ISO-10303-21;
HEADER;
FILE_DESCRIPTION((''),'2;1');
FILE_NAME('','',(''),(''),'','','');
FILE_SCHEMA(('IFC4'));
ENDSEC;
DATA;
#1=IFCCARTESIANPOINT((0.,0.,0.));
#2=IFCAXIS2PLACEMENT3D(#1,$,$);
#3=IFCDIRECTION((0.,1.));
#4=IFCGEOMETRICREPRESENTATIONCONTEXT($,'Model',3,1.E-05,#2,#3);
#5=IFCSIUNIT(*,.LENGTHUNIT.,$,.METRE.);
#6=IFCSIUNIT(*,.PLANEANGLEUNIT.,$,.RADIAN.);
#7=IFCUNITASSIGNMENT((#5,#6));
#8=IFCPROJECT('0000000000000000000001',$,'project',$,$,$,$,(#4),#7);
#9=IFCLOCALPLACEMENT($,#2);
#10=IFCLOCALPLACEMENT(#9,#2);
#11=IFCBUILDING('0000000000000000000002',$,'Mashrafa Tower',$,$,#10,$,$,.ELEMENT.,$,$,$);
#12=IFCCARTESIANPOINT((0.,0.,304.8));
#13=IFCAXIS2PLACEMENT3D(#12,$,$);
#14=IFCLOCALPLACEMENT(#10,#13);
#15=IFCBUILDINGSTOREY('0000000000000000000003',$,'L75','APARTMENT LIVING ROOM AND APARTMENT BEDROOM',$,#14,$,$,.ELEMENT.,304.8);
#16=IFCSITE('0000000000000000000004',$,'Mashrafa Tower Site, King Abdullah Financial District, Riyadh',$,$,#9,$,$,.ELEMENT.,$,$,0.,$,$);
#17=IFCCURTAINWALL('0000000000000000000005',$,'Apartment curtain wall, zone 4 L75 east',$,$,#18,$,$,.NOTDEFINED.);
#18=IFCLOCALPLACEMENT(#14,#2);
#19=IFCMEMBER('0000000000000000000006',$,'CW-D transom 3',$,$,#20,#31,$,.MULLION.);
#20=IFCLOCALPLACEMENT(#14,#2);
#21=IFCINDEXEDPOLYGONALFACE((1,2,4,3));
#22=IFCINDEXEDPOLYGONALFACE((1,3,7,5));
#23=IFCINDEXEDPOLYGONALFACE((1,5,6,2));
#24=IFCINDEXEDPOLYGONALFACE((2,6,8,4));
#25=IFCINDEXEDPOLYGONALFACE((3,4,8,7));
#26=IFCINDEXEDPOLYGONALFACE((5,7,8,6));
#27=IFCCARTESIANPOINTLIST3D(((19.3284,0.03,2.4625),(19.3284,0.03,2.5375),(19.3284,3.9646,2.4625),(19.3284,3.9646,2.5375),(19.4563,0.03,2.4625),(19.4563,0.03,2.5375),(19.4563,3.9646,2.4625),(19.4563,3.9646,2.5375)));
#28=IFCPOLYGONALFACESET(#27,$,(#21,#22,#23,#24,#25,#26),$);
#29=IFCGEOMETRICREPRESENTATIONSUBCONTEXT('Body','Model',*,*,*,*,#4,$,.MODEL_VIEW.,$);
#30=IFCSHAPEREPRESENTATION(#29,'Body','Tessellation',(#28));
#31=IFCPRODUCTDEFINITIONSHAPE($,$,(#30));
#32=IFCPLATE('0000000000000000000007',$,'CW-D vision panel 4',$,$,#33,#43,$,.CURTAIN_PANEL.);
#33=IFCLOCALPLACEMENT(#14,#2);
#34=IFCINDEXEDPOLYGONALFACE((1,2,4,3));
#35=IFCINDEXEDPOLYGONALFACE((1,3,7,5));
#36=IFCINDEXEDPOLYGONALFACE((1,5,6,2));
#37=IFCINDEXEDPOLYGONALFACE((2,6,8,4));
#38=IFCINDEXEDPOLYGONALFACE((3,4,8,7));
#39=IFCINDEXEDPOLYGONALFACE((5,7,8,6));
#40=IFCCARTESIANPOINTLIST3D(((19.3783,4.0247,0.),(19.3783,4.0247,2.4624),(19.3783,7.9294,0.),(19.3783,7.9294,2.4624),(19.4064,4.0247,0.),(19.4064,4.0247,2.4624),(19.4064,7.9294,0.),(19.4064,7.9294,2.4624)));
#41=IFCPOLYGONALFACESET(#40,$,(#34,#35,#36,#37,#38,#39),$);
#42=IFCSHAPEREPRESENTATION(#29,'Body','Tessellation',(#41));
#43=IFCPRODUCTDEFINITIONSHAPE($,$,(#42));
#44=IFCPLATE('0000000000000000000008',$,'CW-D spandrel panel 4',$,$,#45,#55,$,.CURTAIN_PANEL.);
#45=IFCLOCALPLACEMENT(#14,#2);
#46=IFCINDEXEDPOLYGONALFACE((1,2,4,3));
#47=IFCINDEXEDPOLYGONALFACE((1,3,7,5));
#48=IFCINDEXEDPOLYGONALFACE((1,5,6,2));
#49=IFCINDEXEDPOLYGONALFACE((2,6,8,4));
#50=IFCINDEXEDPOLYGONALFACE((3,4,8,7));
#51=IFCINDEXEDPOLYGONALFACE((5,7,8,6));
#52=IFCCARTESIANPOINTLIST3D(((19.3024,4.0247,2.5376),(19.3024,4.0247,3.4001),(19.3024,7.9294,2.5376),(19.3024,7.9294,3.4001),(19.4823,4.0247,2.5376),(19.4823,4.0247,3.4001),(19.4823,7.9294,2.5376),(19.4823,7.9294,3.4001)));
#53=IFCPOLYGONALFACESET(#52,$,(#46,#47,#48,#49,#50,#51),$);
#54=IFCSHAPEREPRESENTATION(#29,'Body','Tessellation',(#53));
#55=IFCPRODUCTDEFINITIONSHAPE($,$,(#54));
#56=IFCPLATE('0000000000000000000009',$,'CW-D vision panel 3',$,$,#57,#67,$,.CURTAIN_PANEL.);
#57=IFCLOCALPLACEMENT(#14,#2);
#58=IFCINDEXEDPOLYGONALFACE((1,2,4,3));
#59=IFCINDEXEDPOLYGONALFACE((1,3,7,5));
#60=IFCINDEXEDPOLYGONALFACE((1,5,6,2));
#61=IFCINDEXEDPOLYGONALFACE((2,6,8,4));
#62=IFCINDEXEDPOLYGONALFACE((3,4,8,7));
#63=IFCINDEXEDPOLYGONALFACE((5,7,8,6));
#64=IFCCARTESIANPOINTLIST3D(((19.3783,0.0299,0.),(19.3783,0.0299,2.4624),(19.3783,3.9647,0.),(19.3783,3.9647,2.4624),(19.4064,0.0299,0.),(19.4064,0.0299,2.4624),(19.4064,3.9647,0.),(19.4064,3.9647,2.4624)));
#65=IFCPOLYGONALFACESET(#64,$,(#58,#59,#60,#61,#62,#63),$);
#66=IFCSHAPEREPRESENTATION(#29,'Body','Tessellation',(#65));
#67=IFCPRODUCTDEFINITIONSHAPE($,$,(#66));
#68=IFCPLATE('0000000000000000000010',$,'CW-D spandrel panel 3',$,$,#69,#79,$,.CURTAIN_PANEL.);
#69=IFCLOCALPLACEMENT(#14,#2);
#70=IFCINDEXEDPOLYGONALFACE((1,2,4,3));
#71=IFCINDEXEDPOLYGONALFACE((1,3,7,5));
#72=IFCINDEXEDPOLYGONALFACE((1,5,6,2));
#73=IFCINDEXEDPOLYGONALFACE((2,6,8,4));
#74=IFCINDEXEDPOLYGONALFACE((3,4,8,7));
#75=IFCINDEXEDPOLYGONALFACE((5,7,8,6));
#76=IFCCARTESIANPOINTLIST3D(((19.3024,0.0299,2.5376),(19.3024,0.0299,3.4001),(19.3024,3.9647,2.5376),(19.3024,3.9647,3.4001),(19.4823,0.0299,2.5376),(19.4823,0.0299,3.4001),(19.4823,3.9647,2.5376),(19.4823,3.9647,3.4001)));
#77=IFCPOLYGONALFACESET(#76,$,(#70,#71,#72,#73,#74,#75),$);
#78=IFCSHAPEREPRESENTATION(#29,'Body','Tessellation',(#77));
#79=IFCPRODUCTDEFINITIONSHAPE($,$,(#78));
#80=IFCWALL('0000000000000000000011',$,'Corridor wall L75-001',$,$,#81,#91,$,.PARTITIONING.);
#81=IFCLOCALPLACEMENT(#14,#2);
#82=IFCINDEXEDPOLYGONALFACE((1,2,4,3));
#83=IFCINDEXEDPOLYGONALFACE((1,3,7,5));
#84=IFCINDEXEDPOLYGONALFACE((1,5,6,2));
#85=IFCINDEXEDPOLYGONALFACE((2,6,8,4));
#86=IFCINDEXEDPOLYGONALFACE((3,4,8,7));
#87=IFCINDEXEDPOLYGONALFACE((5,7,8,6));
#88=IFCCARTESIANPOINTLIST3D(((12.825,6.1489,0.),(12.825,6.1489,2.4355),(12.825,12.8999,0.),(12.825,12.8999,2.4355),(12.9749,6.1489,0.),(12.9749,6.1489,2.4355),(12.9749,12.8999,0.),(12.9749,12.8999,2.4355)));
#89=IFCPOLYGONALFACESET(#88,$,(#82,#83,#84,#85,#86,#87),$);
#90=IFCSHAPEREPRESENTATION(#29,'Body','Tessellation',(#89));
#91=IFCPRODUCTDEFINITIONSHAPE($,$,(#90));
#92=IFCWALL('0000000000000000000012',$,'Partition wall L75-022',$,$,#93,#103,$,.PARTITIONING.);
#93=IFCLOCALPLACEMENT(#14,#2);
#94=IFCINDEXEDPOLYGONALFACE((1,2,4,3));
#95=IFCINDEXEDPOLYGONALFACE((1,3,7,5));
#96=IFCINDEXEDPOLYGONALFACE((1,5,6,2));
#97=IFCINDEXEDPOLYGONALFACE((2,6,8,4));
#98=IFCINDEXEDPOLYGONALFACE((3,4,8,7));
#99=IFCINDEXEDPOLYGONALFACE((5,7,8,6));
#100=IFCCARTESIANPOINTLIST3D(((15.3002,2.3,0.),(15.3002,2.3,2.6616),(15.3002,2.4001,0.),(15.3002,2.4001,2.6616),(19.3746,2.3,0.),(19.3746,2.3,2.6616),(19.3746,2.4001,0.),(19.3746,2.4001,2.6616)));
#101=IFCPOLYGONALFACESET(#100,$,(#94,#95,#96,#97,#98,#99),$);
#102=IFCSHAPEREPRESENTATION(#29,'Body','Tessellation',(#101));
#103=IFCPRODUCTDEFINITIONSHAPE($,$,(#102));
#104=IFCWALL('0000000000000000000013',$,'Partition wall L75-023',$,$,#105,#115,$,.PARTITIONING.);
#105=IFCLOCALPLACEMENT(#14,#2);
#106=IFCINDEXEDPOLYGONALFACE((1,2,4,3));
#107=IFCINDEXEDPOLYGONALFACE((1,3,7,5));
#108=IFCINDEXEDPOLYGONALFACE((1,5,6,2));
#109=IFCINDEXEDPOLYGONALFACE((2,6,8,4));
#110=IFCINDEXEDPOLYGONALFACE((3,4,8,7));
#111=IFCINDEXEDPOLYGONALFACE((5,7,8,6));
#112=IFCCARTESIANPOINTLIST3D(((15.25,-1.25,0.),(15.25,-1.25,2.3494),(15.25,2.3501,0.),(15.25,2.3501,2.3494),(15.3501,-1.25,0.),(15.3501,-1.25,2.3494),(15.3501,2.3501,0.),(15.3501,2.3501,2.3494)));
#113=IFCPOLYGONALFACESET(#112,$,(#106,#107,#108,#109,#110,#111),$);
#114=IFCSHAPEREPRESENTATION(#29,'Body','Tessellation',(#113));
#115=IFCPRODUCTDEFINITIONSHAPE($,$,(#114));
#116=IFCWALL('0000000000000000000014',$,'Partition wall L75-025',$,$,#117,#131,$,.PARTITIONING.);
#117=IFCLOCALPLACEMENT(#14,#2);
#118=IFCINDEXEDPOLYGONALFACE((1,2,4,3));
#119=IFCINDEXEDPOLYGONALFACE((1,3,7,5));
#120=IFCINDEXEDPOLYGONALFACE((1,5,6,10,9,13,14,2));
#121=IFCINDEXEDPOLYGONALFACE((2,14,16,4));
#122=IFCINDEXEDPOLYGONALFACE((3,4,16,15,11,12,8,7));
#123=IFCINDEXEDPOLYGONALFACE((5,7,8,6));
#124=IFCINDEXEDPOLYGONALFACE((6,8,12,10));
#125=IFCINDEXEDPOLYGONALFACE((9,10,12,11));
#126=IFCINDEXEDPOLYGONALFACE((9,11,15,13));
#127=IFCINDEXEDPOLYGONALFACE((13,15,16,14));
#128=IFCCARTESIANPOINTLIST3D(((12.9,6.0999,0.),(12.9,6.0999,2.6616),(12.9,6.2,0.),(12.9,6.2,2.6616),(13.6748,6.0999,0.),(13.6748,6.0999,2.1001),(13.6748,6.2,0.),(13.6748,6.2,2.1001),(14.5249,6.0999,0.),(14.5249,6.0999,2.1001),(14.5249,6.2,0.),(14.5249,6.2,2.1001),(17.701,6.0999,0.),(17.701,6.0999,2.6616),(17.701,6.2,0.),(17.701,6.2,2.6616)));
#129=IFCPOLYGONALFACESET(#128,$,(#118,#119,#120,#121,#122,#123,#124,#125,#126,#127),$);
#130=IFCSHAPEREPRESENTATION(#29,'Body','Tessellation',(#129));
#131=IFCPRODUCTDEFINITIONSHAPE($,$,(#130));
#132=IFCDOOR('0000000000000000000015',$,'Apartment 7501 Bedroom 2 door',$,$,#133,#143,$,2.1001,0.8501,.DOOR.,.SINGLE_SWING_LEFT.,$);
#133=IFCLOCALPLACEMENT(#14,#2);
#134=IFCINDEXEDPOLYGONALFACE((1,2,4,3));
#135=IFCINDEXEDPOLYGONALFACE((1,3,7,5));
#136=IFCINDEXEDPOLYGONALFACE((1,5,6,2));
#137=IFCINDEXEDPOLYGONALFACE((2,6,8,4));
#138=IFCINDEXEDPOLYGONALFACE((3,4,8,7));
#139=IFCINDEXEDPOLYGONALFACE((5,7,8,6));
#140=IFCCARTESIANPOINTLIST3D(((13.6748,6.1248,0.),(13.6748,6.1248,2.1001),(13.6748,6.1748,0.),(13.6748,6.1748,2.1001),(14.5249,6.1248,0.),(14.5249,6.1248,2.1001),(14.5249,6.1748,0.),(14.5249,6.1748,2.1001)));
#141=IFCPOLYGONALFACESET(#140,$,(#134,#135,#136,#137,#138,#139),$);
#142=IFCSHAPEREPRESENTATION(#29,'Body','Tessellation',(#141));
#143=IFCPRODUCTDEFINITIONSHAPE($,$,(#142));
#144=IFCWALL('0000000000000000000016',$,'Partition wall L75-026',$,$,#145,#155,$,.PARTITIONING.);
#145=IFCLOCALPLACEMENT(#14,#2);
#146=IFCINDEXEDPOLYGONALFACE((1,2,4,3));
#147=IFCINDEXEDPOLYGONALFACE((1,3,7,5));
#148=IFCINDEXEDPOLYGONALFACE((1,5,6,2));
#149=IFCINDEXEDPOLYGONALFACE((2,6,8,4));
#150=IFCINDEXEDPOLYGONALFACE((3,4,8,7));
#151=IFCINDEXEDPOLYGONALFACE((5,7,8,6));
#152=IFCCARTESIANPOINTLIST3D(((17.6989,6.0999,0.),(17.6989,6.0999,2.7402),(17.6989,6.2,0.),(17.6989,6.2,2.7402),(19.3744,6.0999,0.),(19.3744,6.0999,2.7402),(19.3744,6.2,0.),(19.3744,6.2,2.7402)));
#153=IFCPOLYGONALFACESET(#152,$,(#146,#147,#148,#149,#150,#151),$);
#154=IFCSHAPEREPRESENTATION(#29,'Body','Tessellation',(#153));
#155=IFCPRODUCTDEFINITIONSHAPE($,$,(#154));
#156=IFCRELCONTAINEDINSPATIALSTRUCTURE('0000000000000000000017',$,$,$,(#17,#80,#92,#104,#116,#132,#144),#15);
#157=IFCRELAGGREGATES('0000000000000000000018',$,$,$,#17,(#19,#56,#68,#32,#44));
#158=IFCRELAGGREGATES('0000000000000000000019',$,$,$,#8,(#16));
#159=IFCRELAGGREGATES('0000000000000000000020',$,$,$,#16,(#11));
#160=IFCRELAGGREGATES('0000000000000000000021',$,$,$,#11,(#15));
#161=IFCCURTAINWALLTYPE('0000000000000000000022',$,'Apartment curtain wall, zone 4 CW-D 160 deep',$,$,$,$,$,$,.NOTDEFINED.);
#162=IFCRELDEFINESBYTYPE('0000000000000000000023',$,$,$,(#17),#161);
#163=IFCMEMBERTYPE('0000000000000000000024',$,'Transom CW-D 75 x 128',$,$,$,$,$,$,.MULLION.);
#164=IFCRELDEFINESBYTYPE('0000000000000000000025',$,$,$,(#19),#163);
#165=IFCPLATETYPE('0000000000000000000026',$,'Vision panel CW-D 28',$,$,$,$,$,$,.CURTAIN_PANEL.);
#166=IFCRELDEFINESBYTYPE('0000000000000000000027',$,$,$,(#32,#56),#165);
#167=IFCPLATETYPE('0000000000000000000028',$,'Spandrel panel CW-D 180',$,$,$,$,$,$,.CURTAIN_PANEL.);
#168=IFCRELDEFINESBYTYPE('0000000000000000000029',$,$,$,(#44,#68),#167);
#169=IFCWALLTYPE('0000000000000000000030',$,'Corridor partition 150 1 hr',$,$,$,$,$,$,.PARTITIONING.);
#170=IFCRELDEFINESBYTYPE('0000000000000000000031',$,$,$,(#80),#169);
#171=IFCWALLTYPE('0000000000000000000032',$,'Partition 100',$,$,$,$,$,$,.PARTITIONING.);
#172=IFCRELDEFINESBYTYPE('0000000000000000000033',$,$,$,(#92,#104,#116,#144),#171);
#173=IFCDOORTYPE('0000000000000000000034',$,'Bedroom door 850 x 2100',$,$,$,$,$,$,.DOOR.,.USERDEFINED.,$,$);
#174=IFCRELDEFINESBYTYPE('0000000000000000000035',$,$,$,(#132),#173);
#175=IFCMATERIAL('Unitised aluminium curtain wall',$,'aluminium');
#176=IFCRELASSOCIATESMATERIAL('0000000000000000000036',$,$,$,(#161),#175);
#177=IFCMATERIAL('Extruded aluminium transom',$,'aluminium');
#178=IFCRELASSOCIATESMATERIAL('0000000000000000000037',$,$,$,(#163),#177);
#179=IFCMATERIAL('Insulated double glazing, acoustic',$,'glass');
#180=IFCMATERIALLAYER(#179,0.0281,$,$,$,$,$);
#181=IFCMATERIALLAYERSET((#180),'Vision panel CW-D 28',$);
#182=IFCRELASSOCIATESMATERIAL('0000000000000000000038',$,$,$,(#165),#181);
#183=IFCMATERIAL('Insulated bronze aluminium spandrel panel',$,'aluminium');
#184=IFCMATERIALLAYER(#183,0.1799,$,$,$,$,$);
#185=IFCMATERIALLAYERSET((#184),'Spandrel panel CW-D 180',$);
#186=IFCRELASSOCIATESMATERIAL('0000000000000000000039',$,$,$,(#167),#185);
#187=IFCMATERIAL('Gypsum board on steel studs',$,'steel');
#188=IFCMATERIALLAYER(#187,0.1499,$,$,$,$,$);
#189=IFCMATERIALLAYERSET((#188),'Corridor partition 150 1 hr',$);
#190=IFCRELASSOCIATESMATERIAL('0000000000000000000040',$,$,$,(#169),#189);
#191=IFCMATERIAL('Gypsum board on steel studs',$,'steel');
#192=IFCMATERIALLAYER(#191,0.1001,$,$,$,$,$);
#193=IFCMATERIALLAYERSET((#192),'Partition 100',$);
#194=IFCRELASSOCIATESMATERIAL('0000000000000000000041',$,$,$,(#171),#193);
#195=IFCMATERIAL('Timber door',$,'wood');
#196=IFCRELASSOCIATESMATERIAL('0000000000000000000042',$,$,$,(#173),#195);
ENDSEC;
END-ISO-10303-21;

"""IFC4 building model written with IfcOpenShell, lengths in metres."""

from ifc_helpers import new_model, si_unit, direction, frame, frame_2d, origin, origin_2d, place, context, subcontext, project, spatial, rectangle, extrude, source, transform, mapped, material, layer, layer_set, material_profile, profile_set, type_object, type_shapes, element, fill, aggregate, save


model = new_model("IFC4")

# Units and contexts
model_context = context("Model", 3, precision=1e-05, world=origin(), true_north=direction((0.0, 1.0)))
body_context = subcontext(model_context, "Body", "Model", "MODEL_VIEW")
ifc_project = project(units=[si_unit("LENGTHUNIT", "METRE"), si_unit("PLANEANGLEUNIT", "RADIAN")], contexts=[model_context])

# Site, building, storey
site_placement = place(None, origin())
site = spatial("IfcSite", under=ifc_project, at=site_placement, Name="Mashrafa Tower Site, King Abdullah Financial District, Riyadh", CompositionType="ELEMENT", RefElevation=0.0)
building_placement = place(site_placement, origin())
building = spatial("IfcBuilding", under=site, at=building_placement, Name="Mashrafa Tower", CompositionType="ELEMENT")
storey_placement = place(building_placement, frame((0.0, 0.0, 304.8)))
storey = spatial("IfcBuildingStorey", under=building, at=storey_placement, Name="L75", Description="APARTMENT LIVING ROOM AND APARTMENT BEDROOM", CompositionType="ELEMENT", Elevation=304.8)

# Curtain wall, member, plates
ifc_material_1 = material(Name="Unitised aluminium curtain wall", Category="aluminium")
curtain_wall_type = type_object("IfcCurtainWallType", Name="Apartment curtain wall, zone 4 CW-D 160 deep", PredefinedType="NOTDEFINED", material=ifc_material_1)
curtain_wall_placement = place(storey_placement, origin())
curtain_wall = element("IfcCurtainWall", 1, at=curtain_wall_placement, inside=storey, type_object=curtain_wall_type, Name="Apartment curtain wall, zone 4 L75 east", PredefinedType="NOTDEFINED")
ifc_material_2 = material(Name="Extruded aluminium transom", Category="aluminium")
ifc_material_profile_1 = material_profile(ifc_material_2, rectangle(XDim=0.1279, YDim=0.075, at=origin_2d()), Name="Transom 75x128")
ifc_profile_set_1 = profile_set([ifc_material_profile_1], Name="Extruded aluminium transom")
member_type_1 = type_object("IfcMemberType", Name="Transom CW-D 75 x 128", PredefinedType="MULLION", material=ifc_profile_set_1)
shared_shape_1 = source(origin(), body_context, "Body", "SweptSolid", [
    extrude(rectangle(XDim=0.1279, YDim=0.075, at=origin_2d()), origin(), (0.0, 0.0, 1.0), 3.9346),
])
member_1_placement = place(storey_placement, frame((19.3923, 0.03, 2.5), z_axis=(0.0, 1.0, 0.0), x_axis=(-1.0, 0.0, 0.0)))
member_1 = element("IfcMember", 2, at=member_1_placement, type_object=member_type_1, Name="CW-D transom 3", PredefinedType="MULLION", context=body_context, shape_type="MappedRepresentation", body=[
    mapped(shared_shape_1, transform((0.0, 0.0, 0.0))),
])
ifc_material_3 = material(Name="Insulated double glazing, acoustic", Category="glass")
ifc_layer_1 = layer(ifc_material_3, 0.0281)
ifc_layer_set_1 = layer_set([ifc_layer_1], Name="Vision panel CW-D 28")
plate_type_1 = type_object("IfcPlateType", Name="Vision panel CW-D 28", PredefinedType="CURTAIN_PANEL", material=ifc_layer_set_1)
shared_shape_2 = source(origin(), body_context, "Body", "SweptSolid", [
    extrude(rectangle(XDim=3.9048, YDim=0.0281, at=origin_2d()), origin(), (0.0, 0.0, 1.0), 2.4624),
])
plate_1_placement = place(storey_placement, frame((19.3923, 5.9771, 0.0), z_axis=(0.0, 0.0, 1.0), x_axis=(0.0, 1.0, 0.0)))
plate_1 = element("IfcPlate", 3, at=plate_1_placement, type_object=plate_type_1, Name="CW-D vision panel 4", PredefinedType="CURTAIN_PANEL", context=body_context, shape_type="MappedRepresentation", body=[
    mapped(shared_shape_2, transform((0.0, 0.0, 0.0))),
])
ifc_material_4 = material(Name="Insulated bronze aluminium spandrel panel", Category="aluminium")
ifc_layer_2 = layer(ifc_material_4, 0.1799)
ifc_layer_set_2 = layer_set([ifc_layer_2], Name="Spandrel panel CW-D 180")
plate_type_2 = type_object("IfcPlateType", Name="Spandrel panel CW-D 180", PredefinedType="CURTAIN_PANEL", material=ifc_layer_set_2)
shared_shape_3 = source(origin(), body_context, "Body", "SweptSolid", [
    extrude(rectangle(XDim=3.9048, YDim=0.1799, at=origin_2d()), origin(), (0.0, 0.0, 1.0), 0.8625),
])
plate_2_placement = place(storey_placement, frame((19.3923, 5.9771, 2.5376), z_axis=(0.0, 0.0, 1.0), x_axis=(0.0, 1.0, 0.0)))
plate_2 = element("IfcPlate", 4, at=plate_2_placement, type_object=plate_type_2, Name="CW-D spandrel panel 4", PredefinedType="CURTAIN_PANEL", context=body_context, shape_type="MappedRepresentation", body=[
    mapped(shared_shape_3, transform((0.0, 0.0, 0.0))),
])
shared_shape_4 = source(origin(), body_context, "Body", "SweptSolid", [
    extrude(rectangle(XDim=3.9348, YDim=0.0281, at=origin_2d()), origin(), (0.0, 0.0, 1.0), 2.4624),
])
type_shapes(plate_type_1, [shared_shape_2, shared_shape_4])
plate_3_placement = place(storey_placement, frame((19.3923, 1.9973, 0.0), z_axis=(0.0, 0.0, 1.0), x_axis=(0.0, 1.0, 0.0)))
plate_3 = element("IfcPlate", 5, at=plate_3_placement, type_object=plate_type_1, Name="CW-D vision panel 3", PredefinedType="CURTAIN_PANEL", context=body_context, shape_type="MappedRepresentation", body=[
    mapped(shared_shape_4, transform((0.0, 0.0, 0.0))),
])
shared_shape_5 = source(origin(), body_context, "Body", "SweptSolid", [
    extrude(rectangle(XDim=3.9348, YDim=0.1799, at=origin_2d()), origin(), (0.0, 0.0, 1.0), 0.8625),
])
type_shapes(plate_type_2, [shared_shape_3, shared_shape_5])
plate_4_placement = place(storey_placement, frame((19.3923, 1.9973, 2.5376), z_axis=(0.0, 0.0, 1.0), x_axis=(0.0, 1.0, 0.0)))
plate_4 = element("IfcPlate", 6, at=plate_4_placement, type_object=plate_type_2, Name="CW-D spandrel panel 3", PredefinedType="CURTAIN_PANEL", context=body_context, shape_type="MappedRepresentation", body=[
    mapped(shared_shape_5, transform((0.0, 0.0, 0.0))),
])
aggregate(curtain_wall, [member_1, plate_3, plate_4, plate_1, plate_2])

# Walls
ifc_material_5 = material(Name="Gypsum board on steel studs", Category="steel")
ifc_layer_3 = layer(ifc_material_5, 0.1499)
ifc_layer_set_3 = layer_set([ifc_layer_3], Name="Corridor partition 150 1 hr")
wall_type_1 = type_object("IfcWallType", Name="Corridor partition 150 1 hr", PredefinedType="PARTITIONING", material=ifc_layer_set_3)
wall_1_placement = place(storey_placement, frame((12.8999, 6.1489, 0.0), z_axis=(0.0, 0.0, 1.0), x_axis=(0.0, 1.0, 0.0)))
element("IfcWall", 7, at=wall_1_placement, inside=storey, type_object=wall_type_1, Name="Corridor wall L75-001", PredefinedType="PARTITIONING", context=body_context, shape_type="SweptSolid", body=[
    extrude(rectangle(XDim=6.751, YDim=0.1499, at=frame_2d((3.3755, 0.0))), origin(), (0.0, 0.0, 1.0), 2.4355),
])
ifc_material_6 = material(Name="Gypsum board on steel studs", Category="steel")
ifc_layer_4 = layer(ifc_material_6, 0.1001)
ifc_layer_set_4 = layer_set([ifc_layer_4], Name="Partition 100")
wall_type_2 = type_object("IfcWallType", Name="Partition 100", PredefinedType="PARTITIONING", material=ifc_layer_set_4)
wall_2_placement = place(storey_placement, frame((19.3745, 2.3501, 0.0), z_axis=(0.0, 0.0, 1.0), x_axis=(-1.0, 0.0, 0.0)))
element("IfcWall", 8, at=wall_2_placement, inside=storey, type_object=wall_type_2, Name="Partition wall L75-022", PredefinedType="PARTITIONING", context=body_context, shape_type="SweptSolid", body=[
    extrude(rectangle(XDim=4.0745, YDim=0.1001, at=frame_2d((2.0371, 0.0))), origin(), (0.0, 0.0, 1.0), 2.6616),
])
wall_3_placement = place(storey_placement, frame((15.3, 2.3501, 0.0), z_axis=(0.0, 0.0, 1.0), x_axis=(0.0, -1.0, 0.0)))
element("IfcWall", 9, at=wall_3_placement, inside=storey, type_object=wall_type_2, Name="Partition wall L75-023", PredefinedType="PARTITIONING", context=body_context, shape_type="SweptSolid", body=[
    extrude(rectangle(XDim=3.6001, YDim=0.1001, at=frame_2d((1.8, 0.0))), origin(), (0.0, 0.0, 1.0), 2.3494),
])

# Wall, opening, door
wall_4_placement = place(storey_placement, frame((17.7009, 6.1499, 0.0), z_axis=(0.0, 0.0, 1.0), x_axis=(-1.0, 0.0, 0.0)))
wall_4 = element("IfcWall", 10, at=wall_4_placement, inside=storey, type_object=wall_type_2, Name="Partition wall L75-025", PredefinedType="PARTITIONING", context=body_context, shape_type="SweptSolid", body=[
    extrude(rectangle(XDim=4.801, YDim=0.1001, at=frame_2d((2.4004, 0.0))), origin(), (0.0, 0.0, 1.0), 2.6616),
])
opening_1_placement = place(wall_4_placement, frame((3.176, 0.0, 0.0)))
opening_1 = element("IfcOpeningElement", 11, at=opening_1_placement, cuts=wall_4, PredefinedType="OPENING", context=body_context, shape_type="SweptSolid", body=[
    extrude(rectangle(XDim=0.8501, YDim=2.1001, at=frame_2d((0.425, 1.05))), frame((0.0, 0.0601, 0.0), z_axis=(0.0, -1.0, 0.0), x_axis=(1.0, 0.0, 0.0)), (0.0, 0.0, 1.0), 0.1201),
])
ifc_material_7 = material(Name="Timber door", Category="wood")
door_type = type_object("IfcDoorType", Name="Bedroom door 850 x 2100", OperationType="USERDEFINED", PredefinedType="DOOR", material=ifc_material_7)
door_1_placement = place(opening_1_placement, frame((0.8501, 0.0, 0.0), z_axis=(0.0, 0.0, 1.0), x_axis=(-1.0, 0.0, 0.0)))
door_1 = element("IfcDoor", 12, at=door_1_placement, inside=storey, type_object=door_type, Name="Apartment 7501 Bedroom 2 door", OperationType="SINGLE_SWING_LEFT", OverallHeight=2.1001, OverallWidth=0.8501, PredefinedType="DOOR", context=body_context, shape_type="SweptSolid", body=[
    extrude(rectangle(XDim=0.8501, YDim=2.1001, at=frame_2d((0.425, 1.05))), frame((0.0, 0.0249, 0.0), z_axis=(0.0, -1.0, 0.0), x_axis=(1.0, 0.0, 0.0)), (0.0, 0.0, 1.0), 0.05),
])
fill(opening_1, door_1)

# Wall
wall_5_placement = place(storey_placement, frame((19.3745, 6.1499, 0.0), z_axis=(0.0, 0.0, 1.0), x_axis=(-1.0, 0.0, 0.0)))
element("IfcWall", 13, at=wall_5_placement, inside=storey, type_object=wall_type_2, Name="Partition wall L75-026", PredefinedType="PARTITIONING", context=body_context, shape_type="SweptSolid", body=[
    extrude(rectangle(XDim=1.6755, YDim=0.1001, at=frame_2d((0.8379, 0.0))), origin(), (0.0, 0.0, 1.0), 2.7402),
])

save(model, "model.ifc")
